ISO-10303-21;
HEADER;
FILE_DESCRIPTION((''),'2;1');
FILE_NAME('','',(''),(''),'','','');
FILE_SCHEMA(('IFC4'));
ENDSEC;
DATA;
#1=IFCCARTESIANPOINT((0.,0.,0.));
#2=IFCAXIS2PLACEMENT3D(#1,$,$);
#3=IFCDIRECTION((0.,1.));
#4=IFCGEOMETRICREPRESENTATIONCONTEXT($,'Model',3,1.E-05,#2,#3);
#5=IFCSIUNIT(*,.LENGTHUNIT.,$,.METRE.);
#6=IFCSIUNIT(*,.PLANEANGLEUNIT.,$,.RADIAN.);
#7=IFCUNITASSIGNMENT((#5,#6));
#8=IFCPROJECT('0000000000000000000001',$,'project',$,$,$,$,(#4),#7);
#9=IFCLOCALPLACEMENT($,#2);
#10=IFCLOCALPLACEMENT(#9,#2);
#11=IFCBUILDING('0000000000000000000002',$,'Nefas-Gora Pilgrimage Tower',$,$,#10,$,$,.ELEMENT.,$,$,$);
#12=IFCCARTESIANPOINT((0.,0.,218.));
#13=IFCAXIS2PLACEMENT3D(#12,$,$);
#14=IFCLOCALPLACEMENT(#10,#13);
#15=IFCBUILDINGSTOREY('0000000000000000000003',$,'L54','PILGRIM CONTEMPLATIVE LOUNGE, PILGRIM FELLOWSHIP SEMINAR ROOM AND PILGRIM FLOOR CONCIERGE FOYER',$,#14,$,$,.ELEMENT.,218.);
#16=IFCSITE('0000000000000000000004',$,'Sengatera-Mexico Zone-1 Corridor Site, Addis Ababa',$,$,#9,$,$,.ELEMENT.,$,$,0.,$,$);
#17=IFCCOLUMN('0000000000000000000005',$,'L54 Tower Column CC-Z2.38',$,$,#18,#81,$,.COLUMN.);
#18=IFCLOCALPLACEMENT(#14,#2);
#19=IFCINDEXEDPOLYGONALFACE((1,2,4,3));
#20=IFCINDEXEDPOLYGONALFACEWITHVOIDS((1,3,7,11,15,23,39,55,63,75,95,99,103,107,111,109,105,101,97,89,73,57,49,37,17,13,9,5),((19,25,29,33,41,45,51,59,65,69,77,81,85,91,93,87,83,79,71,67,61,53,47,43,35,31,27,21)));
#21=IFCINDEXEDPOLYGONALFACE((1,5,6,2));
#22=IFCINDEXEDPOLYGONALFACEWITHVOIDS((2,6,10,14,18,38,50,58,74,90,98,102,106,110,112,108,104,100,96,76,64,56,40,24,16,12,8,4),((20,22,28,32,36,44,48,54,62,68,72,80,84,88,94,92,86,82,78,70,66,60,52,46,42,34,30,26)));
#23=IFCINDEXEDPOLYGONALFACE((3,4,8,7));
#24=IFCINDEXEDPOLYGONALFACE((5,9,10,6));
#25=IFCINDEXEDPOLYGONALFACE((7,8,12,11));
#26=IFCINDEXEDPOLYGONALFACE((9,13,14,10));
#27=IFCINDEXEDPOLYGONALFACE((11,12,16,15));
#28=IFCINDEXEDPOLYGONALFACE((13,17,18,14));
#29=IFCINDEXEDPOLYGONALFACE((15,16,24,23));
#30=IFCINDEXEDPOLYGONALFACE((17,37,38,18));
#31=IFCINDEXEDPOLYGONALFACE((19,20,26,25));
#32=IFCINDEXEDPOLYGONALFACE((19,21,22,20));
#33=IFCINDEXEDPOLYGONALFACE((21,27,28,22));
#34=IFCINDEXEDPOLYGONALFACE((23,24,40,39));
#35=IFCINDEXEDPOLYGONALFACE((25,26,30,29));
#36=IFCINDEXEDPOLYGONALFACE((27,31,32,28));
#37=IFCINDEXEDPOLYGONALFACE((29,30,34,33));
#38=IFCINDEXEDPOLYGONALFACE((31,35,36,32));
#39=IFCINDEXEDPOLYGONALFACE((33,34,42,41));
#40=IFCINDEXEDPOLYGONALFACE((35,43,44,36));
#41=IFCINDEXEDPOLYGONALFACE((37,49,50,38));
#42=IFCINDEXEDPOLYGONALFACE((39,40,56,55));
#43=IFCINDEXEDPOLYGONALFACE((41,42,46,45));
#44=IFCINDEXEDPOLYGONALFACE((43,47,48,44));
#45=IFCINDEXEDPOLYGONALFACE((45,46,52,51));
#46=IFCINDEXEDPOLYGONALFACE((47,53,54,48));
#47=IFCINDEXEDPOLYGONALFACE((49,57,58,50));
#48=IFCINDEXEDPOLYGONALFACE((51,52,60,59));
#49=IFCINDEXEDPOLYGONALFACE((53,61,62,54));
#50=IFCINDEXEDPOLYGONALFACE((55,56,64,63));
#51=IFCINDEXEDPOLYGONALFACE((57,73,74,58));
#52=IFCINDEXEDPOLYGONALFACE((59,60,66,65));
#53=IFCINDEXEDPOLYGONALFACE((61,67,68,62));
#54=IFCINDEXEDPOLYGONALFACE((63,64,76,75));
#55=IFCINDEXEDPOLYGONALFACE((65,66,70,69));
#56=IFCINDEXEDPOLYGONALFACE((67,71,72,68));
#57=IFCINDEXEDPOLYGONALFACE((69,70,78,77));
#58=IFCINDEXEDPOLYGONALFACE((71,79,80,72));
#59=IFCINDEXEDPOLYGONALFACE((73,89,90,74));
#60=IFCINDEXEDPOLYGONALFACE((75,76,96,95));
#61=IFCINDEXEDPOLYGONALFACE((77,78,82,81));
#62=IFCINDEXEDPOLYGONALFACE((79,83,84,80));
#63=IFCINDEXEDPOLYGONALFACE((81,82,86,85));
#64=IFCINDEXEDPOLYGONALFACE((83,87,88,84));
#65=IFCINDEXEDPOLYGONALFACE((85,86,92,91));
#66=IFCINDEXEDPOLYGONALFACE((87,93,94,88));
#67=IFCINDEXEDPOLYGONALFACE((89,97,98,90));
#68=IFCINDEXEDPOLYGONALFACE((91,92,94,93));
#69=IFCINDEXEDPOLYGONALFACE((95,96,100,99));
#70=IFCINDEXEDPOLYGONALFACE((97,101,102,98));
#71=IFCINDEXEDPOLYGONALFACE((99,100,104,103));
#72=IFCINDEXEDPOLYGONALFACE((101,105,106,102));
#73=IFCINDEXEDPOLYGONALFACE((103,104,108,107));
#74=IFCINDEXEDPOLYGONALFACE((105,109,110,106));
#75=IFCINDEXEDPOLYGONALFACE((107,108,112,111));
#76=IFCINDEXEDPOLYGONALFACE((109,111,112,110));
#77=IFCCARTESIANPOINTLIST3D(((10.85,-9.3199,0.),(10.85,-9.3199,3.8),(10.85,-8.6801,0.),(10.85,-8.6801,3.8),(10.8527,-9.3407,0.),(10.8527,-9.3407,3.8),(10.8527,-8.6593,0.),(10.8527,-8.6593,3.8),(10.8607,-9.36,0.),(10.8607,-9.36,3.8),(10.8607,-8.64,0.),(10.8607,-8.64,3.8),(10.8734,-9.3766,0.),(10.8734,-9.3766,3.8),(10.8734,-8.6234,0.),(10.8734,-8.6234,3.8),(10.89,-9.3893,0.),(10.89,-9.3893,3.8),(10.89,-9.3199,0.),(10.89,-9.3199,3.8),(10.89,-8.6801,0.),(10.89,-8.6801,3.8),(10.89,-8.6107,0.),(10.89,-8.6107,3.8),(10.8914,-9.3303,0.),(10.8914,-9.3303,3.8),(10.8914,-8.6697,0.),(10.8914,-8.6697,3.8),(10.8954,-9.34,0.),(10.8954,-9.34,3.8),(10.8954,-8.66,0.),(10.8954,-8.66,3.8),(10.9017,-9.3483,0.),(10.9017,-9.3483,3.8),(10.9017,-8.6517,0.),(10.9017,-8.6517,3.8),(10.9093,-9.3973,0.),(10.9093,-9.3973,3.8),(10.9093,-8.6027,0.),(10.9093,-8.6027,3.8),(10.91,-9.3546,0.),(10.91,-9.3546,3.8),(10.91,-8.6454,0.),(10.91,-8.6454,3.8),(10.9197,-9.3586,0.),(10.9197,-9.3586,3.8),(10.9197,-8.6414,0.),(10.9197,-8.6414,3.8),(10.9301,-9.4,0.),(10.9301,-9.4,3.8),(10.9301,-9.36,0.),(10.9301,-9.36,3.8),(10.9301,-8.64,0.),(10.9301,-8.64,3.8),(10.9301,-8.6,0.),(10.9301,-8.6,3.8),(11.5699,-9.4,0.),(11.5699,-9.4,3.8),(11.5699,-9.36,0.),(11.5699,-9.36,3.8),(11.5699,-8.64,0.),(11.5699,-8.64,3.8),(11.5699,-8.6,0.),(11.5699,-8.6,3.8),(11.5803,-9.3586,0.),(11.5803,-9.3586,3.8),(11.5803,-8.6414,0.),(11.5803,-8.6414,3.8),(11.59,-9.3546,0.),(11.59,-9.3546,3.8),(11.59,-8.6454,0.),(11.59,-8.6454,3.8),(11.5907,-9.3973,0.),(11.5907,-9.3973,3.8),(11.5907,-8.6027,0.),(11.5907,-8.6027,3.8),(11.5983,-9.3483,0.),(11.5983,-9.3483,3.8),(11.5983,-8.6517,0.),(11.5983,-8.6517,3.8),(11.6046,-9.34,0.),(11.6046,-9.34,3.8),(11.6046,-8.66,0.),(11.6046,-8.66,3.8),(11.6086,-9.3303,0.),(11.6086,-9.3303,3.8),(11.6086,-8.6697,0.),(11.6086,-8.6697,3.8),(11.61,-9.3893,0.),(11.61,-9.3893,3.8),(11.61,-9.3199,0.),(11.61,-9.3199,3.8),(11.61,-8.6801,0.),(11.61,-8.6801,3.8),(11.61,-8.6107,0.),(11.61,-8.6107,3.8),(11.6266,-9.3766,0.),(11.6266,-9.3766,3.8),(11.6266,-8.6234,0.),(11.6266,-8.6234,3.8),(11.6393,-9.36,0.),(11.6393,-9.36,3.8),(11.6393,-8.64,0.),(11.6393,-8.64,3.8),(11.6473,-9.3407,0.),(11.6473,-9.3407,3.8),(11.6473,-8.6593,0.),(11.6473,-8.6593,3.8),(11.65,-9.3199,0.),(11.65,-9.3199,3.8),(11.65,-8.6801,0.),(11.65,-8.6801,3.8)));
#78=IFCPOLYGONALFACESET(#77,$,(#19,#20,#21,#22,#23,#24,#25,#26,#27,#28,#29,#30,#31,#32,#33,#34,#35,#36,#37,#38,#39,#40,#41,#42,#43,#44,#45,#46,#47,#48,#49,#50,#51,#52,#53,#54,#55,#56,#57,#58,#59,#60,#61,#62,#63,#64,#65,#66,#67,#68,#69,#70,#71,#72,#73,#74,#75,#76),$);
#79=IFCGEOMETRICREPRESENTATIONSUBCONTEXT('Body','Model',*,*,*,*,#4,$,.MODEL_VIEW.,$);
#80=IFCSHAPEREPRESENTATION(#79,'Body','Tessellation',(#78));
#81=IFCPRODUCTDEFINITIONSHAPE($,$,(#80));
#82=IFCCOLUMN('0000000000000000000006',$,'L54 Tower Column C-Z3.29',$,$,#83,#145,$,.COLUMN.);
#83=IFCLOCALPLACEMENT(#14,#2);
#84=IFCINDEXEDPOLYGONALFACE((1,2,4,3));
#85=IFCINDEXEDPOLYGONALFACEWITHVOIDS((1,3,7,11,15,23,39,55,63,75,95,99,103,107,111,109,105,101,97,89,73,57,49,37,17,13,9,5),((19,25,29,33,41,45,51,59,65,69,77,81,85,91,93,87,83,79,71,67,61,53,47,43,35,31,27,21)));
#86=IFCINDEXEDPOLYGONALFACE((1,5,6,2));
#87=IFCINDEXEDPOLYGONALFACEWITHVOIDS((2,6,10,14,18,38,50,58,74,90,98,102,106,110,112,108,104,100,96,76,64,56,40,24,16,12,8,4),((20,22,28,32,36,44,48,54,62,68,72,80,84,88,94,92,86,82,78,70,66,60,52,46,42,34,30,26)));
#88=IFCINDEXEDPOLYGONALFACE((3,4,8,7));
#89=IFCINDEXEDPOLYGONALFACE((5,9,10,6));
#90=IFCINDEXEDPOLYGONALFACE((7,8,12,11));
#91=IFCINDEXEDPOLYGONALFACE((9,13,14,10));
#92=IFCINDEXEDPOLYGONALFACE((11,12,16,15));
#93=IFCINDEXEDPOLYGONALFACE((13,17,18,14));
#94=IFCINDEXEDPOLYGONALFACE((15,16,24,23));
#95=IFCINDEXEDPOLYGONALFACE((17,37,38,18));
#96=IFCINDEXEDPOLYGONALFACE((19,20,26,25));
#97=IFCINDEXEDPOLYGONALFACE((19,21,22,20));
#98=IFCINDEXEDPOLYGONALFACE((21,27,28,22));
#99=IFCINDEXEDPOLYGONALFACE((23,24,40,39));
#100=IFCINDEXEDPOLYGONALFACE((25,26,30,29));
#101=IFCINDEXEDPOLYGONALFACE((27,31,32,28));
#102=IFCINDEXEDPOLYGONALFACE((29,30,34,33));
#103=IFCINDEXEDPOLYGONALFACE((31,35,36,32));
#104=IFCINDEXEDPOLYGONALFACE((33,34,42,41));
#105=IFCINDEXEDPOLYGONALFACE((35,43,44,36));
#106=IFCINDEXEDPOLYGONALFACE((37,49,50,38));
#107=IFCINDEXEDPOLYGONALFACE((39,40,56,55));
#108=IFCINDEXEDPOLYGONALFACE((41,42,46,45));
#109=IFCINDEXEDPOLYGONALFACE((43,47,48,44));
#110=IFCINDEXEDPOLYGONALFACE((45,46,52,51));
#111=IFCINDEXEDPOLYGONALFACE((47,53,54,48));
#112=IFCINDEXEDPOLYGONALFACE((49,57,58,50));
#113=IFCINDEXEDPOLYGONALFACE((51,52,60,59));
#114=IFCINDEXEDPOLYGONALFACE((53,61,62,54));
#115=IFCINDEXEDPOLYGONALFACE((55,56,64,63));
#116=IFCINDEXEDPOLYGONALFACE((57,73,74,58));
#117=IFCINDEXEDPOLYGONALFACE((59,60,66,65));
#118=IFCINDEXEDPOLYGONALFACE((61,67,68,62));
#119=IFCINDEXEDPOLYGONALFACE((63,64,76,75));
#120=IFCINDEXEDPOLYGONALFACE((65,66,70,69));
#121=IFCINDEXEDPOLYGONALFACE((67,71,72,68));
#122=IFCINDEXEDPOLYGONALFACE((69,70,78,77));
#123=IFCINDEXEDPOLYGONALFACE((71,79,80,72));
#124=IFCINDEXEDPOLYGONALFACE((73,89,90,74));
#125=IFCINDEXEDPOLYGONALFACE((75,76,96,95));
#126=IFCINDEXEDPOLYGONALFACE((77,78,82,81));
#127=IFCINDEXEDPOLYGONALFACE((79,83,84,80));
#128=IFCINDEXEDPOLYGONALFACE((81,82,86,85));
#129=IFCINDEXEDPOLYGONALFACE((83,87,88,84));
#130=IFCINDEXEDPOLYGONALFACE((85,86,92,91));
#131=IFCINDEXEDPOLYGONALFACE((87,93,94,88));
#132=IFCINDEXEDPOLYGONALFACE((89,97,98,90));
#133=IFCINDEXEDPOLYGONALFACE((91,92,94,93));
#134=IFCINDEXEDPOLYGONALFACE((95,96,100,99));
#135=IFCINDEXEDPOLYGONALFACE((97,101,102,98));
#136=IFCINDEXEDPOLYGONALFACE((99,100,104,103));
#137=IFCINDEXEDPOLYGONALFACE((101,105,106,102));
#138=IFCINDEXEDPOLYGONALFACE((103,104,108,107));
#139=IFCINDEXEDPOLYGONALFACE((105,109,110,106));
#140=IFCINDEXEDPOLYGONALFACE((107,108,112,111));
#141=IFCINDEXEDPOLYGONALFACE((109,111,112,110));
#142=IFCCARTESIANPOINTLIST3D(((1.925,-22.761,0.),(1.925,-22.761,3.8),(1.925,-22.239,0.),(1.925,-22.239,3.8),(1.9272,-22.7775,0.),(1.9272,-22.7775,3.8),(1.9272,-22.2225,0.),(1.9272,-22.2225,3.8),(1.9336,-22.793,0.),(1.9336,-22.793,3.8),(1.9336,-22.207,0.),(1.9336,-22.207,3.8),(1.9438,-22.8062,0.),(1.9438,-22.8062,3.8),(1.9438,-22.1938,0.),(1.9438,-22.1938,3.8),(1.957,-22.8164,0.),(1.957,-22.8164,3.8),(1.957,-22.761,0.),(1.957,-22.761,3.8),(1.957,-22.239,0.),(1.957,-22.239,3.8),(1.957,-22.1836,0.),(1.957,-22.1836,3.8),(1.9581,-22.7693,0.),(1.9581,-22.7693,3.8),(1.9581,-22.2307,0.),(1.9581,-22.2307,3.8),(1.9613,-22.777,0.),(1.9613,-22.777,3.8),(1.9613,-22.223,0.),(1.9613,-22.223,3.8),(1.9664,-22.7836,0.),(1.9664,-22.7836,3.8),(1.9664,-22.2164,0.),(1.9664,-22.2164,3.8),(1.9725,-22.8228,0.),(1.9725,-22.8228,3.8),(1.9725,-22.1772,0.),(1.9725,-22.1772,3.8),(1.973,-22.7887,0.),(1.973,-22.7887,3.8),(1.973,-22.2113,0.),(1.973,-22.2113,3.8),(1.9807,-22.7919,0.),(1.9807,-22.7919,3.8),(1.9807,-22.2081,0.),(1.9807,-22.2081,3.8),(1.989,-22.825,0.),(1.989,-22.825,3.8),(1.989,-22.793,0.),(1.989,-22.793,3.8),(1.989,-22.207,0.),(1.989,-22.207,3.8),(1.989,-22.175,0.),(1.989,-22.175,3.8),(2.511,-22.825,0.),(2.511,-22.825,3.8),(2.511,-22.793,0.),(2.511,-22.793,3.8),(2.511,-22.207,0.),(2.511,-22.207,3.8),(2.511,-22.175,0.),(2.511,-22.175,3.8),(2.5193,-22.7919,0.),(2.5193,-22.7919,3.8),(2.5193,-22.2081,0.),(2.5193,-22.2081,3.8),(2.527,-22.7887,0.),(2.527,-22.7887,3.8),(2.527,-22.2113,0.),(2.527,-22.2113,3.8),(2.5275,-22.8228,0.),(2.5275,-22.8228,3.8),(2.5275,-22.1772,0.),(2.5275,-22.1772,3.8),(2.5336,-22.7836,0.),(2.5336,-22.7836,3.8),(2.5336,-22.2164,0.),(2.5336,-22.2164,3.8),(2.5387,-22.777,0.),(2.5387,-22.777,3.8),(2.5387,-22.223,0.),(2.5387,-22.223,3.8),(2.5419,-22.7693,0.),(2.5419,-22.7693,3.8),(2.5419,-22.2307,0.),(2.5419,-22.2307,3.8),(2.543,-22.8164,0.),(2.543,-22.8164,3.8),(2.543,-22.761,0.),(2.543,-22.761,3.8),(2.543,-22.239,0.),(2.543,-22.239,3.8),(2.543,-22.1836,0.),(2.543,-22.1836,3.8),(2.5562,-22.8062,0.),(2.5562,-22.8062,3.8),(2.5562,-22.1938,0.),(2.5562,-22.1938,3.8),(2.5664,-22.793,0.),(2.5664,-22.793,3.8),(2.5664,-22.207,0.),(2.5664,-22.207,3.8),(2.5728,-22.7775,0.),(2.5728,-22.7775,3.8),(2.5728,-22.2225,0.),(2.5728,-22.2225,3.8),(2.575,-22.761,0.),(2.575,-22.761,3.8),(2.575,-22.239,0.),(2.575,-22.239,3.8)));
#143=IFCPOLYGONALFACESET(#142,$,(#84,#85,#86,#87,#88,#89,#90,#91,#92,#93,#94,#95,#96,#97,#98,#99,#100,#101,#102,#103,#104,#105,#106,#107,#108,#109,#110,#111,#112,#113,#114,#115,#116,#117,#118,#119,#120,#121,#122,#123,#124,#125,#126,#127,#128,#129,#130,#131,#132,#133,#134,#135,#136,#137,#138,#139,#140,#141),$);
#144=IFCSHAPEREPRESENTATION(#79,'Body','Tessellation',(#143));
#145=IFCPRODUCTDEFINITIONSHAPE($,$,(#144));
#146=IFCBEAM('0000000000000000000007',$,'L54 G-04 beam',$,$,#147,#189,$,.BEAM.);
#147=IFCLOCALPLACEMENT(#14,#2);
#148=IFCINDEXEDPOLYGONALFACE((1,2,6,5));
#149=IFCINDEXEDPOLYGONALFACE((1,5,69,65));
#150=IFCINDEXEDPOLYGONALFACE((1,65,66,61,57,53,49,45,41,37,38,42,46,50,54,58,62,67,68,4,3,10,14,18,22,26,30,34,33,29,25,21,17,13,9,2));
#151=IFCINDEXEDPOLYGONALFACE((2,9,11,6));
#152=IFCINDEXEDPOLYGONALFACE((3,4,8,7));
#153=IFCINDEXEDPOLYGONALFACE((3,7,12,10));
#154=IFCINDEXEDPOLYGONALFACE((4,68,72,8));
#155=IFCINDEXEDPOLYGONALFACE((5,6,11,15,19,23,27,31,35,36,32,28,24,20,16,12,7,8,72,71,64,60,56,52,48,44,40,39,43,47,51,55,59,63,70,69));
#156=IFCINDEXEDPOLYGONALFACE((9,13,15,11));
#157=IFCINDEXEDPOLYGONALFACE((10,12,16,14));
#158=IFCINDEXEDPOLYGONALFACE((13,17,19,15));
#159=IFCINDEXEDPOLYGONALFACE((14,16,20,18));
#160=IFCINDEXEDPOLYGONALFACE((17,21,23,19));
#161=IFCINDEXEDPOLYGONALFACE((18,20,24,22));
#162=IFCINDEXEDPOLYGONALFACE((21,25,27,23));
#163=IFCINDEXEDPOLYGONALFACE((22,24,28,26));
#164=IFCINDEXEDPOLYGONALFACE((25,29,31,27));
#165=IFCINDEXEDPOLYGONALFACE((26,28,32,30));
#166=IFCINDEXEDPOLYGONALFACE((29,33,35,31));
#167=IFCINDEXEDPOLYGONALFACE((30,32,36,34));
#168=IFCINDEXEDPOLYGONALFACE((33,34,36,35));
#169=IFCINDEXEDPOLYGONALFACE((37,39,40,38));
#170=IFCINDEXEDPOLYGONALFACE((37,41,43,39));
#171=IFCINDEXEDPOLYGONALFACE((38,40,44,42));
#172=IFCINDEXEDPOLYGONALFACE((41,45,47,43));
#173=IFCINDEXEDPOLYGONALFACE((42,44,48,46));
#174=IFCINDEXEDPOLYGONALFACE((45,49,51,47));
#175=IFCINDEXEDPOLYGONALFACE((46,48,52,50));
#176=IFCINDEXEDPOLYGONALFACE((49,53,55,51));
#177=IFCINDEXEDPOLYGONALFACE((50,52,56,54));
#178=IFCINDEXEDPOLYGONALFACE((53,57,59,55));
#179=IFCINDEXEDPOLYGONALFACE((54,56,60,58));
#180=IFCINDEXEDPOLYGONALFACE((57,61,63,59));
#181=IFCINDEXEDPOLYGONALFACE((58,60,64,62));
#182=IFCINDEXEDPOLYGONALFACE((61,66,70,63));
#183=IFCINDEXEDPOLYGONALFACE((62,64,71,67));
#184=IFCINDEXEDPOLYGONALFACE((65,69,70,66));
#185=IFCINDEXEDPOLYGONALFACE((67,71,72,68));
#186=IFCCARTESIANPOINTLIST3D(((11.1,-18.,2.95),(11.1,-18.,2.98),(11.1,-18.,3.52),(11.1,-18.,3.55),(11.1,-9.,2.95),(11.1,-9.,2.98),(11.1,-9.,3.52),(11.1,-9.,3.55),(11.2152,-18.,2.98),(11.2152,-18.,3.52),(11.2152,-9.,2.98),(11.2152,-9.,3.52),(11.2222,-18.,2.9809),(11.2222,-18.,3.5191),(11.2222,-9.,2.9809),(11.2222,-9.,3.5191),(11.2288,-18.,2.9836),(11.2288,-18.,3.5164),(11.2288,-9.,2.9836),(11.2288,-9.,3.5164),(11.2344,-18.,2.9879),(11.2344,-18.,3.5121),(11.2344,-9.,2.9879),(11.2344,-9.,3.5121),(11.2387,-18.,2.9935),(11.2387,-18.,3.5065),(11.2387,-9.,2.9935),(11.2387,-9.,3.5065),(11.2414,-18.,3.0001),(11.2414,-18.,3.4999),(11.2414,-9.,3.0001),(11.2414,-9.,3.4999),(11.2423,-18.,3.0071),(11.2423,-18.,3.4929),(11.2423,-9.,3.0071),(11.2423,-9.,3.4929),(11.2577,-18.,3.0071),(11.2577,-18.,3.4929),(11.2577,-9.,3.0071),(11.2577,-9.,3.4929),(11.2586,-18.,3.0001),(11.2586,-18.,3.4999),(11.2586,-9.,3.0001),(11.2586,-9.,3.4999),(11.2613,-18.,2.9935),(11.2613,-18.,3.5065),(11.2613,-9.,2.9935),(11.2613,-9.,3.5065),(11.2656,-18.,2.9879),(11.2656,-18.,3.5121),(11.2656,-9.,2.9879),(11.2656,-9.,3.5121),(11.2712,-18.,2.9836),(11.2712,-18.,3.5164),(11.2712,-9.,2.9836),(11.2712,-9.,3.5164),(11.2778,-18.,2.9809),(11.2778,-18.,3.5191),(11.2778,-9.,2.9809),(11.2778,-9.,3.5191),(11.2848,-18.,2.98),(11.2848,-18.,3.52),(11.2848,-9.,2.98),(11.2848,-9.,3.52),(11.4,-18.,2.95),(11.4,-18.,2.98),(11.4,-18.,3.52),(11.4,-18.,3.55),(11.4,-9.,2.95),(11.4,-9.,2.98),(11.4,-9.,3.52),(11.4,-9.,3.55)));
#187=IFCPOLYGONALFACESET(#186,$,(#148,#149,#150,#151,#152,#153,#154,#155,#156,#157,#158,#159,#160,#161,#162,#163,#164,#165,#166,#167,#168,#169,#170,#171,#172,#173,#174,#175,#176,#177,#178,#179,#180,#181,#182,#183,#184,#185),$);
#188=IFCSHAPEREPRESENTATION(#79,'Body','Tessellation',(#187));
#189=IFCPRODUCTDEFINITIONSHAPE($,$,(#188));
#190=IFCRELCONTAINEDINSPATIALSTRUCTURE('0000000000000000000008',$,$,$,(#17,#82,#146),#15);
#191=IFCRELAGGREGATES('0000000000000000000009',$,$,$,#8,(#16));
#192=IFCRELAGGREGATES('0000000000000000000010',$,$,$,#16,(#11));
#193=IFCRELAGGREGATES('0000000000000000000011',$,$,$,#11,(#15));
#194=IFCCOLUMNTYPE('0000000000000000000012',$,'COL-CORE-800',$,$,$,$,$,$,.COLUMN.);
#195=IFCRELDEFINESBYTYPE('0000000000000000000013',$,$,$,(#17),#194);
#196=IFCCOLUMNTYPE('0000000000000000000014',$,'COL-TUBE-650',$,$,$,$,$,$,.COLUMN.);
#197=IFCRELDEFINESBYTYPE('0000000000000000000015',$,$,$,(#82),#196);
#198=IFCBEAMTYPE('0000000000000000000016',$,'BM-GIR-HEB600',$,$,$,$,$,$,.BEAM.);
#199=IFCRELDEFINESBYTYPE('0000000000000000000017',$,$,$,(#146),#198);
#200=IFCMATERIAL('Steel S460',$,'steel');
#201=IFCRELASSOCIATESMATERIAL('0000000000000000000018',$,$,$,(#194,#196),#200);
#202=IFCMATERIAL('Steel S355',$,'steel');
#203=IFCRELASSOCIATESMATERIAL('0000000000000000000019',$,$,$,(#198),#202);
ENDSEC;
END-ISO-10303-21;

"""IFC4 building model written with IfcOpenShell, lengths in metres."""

from ifc_helpers import new_model, si_unit, direction, frame, origin, origin_2d, place, context, subcontext, project, spatial, hollow_rectangle, i_section, extrude, source, transform, mapped, material, material_profile, profile_set, type_object, element, save


model = new_model("IFC4")

# Units and contexts
model_context = context("Model", 3, precision=1e-05, world=origin(), true_north=direction((0.0, 1.0)))
body_context = subcontext(model_context, "Body", "Model", "MODEL_VIEW")
ifc_project = project(units=[si_unit("LENGTHUNIT", "METRE"), si_unit("PLANEANGLEUNIT", "RADIAN")], contexts=[model_context])

# Site, building, storey
site_placement = place(None, origin())
site = spatial("IfcSite", under=ifc_project, at=site_placement, Name="Sengatera-Mexico Zone-1 Corridor Site, Addis Ababa", CompositionType="ELEMENT", RefElevation=0.0)
building_placement = place(site_placement, origin())
building = spatial("IfcBuilding", under=site, at=building_placement, Name="Nefas-Gora Pilgrimage Tower", CompositionType="ELEMENT")
storey_placement = place(building_placement, frame((0.0, 0.0, 218.0)))
storey = spatial("IfcBuildingStorey", under=building, at=storey_placement, Name="L54", Description="PILGRIM CONTEMPLATIVE LOUNGE, PILGRIM FELLOWSHIP SEMINAR ROOM AND PILGRIM FLOOR CONCIERGE FOYER", CompositionType="ELEMENT", Elevation=218.0)

# Columns
ifc_material_1 = material(Name="Steel S460", Category="steel")
ifc_material_profile_1 = material_profile(ifc_material_1, hollow_rectangle(XDim=0.8, YDim=0.8, WallThickness=0.04, InnerFilletRadius=0.04, OuterFilletRadius=0.0801, at=origin_2d()), Name="BOX 800x800x40")
ifc_profile_set_1 = profile_set([ifc_material_profile_1], Name="Steel S460")
column_type_1 = type_object("IfcColumnType", Name="COL-CORE-800", PredefinedType="COLUMN", material=ifc_profile_set_1)
shared_shape_1 = source(origin(), body_context, "Body", "SweptSolid", [
    extrude(hollow_rectangle(XDim=0.8, YDim=0.8, WallThickness=0.04, InnerFilletRadius=0.04, OuterFilletRadius=0.0801, at=origin_2d()), origin(), (0.0, 0.0, 1.0), 3.8),
])
column_1_placement = place(storey_placement, frame((11.25, -9.0, 0.0), z_axis=(0.0, 0.0, 1.0), x_axis=(1.0, 0.0, 0.0)))
element("IfcColumn", 1, at=column_1_placement, inside=storey, type_object=column_type_1, Name="L54 Tower Column CC-Z2.38", PredefinedType="COLUMN", context=body_context, shape_type="MappedRepresentation", body=[
    mapped(shared_shape_1, transform((0.0, 0.0, 0.0), x_axis=(1.0, 0.0, 0.0), y_axis=(0.0, 1.0, 0.0), z_axis=(0.0, 0.0, 1.0), scale=1.0)),
])
ifc_material_profile_2 = material_profile(ifc_material_1, hollow_rectangle(XDim=0.6499, YDim=0.6499, WallThickness=0.032, InnerFilletRadius=0.032, OuterFilletRadius=0.064, at=origin_2d()), Name="BOX 650x650x32")
ifc_profile_set_2 = profile_set([ifc_material_profile_2], Name="Steel S460")
column_type_2 = type_object("IfcColumnType", Name="COL-TUBE-650", PredefinedType="COLUMN", material=ifc_profile_set_2)
shared_shape_2 = source(origin(), body_context, "Body", "SweptSolid", [
    extrude(hollow_rectangle(XDim=0.6499, YDim=0.6499, WallThickness=0.032, InnerFilletRadius=0.032, OuterFilletRadius=0.064, at=origin_2d()), origin(), (0.0, 0.0, 1.0), 3.8),
])
column_2_placement = place(storey_placement, frame((2.25, -22.5, 0.0), z_axis=(0.0, 0.0, 1.0), x_axis=(1.0, 0.0, 0.0)))
element("IfcColumn", 2, at=column_2_placement, inside=storey, type_object=column_type_2, Name="L54 Tower Column C-Z3.29", PredefinedType="COLUMN", context=body_context, shape_type="MappedRepresentation", body=[
    mapped(shared_shape_2, transform((0.0, 0.0, 0.0), x_axis=(1.0, 0.0, 0.0), y_axis=(0.0, 1.0, 0.0), z_axis=(0.0, 0.0, 1.0), scale=1.0)),
])

# Beam
ifc_material_2 = material(Name="Steel S355", Category="steel")
ifc_material_profile_3 = material_profile(ifc_material_2, i_section(OverallWidth=0.3, OverallDepth=0.6001, WebThickness=0.0154, FlangeThickness=0.03, FilletRadius=0.0271, at=origin_2d()), Name="HEB 600")
ifc_profile_set_3 = profile_set([ifc_material_profile_3], Name="Steel S355")
beam_type = type_object("IfcBeamType", Name="BM-GIR-HEB600", PredefinedType="BEAM", material=ifc_profile_set_3)
shared_shape_3 = source(origin(), body_context, "Body", "SweptSolid", [
    extrude(i_section(OverallWidth=0.3, OverallDepth=0.6001, WebThickness=0.0154, FlangeThickness=0.03, FilletRadius=0.0271, at=origin_2d()), origin(), (0.0, 0.0, 1.0), 9.0),
])
beam_placement = place(storey_placement, frame((11.25, -18.0, 3.25), z_axis=(0.0, 1.0, 0.0), x_axis=(-1.0, 0.0, 0.0)))
element("IfcBeam", 3, at=beam_placement, inside=storey, type_object=beam_type, Name="L54 G-04 beam", PredefinedType="BEAM", context=body_context, shape_type="MappedRepresentation", body=[
    mapped(shared_shape_3, transform((0.0, 0.0, 0.0), x_axis=(1.0, 0.0, 0.0), y_axis=(0.0, 1.0, 0.0), z_axis=(0.0, 0.0, 1.0), scale=1.0)),
])

save(model, "model.ifc")
